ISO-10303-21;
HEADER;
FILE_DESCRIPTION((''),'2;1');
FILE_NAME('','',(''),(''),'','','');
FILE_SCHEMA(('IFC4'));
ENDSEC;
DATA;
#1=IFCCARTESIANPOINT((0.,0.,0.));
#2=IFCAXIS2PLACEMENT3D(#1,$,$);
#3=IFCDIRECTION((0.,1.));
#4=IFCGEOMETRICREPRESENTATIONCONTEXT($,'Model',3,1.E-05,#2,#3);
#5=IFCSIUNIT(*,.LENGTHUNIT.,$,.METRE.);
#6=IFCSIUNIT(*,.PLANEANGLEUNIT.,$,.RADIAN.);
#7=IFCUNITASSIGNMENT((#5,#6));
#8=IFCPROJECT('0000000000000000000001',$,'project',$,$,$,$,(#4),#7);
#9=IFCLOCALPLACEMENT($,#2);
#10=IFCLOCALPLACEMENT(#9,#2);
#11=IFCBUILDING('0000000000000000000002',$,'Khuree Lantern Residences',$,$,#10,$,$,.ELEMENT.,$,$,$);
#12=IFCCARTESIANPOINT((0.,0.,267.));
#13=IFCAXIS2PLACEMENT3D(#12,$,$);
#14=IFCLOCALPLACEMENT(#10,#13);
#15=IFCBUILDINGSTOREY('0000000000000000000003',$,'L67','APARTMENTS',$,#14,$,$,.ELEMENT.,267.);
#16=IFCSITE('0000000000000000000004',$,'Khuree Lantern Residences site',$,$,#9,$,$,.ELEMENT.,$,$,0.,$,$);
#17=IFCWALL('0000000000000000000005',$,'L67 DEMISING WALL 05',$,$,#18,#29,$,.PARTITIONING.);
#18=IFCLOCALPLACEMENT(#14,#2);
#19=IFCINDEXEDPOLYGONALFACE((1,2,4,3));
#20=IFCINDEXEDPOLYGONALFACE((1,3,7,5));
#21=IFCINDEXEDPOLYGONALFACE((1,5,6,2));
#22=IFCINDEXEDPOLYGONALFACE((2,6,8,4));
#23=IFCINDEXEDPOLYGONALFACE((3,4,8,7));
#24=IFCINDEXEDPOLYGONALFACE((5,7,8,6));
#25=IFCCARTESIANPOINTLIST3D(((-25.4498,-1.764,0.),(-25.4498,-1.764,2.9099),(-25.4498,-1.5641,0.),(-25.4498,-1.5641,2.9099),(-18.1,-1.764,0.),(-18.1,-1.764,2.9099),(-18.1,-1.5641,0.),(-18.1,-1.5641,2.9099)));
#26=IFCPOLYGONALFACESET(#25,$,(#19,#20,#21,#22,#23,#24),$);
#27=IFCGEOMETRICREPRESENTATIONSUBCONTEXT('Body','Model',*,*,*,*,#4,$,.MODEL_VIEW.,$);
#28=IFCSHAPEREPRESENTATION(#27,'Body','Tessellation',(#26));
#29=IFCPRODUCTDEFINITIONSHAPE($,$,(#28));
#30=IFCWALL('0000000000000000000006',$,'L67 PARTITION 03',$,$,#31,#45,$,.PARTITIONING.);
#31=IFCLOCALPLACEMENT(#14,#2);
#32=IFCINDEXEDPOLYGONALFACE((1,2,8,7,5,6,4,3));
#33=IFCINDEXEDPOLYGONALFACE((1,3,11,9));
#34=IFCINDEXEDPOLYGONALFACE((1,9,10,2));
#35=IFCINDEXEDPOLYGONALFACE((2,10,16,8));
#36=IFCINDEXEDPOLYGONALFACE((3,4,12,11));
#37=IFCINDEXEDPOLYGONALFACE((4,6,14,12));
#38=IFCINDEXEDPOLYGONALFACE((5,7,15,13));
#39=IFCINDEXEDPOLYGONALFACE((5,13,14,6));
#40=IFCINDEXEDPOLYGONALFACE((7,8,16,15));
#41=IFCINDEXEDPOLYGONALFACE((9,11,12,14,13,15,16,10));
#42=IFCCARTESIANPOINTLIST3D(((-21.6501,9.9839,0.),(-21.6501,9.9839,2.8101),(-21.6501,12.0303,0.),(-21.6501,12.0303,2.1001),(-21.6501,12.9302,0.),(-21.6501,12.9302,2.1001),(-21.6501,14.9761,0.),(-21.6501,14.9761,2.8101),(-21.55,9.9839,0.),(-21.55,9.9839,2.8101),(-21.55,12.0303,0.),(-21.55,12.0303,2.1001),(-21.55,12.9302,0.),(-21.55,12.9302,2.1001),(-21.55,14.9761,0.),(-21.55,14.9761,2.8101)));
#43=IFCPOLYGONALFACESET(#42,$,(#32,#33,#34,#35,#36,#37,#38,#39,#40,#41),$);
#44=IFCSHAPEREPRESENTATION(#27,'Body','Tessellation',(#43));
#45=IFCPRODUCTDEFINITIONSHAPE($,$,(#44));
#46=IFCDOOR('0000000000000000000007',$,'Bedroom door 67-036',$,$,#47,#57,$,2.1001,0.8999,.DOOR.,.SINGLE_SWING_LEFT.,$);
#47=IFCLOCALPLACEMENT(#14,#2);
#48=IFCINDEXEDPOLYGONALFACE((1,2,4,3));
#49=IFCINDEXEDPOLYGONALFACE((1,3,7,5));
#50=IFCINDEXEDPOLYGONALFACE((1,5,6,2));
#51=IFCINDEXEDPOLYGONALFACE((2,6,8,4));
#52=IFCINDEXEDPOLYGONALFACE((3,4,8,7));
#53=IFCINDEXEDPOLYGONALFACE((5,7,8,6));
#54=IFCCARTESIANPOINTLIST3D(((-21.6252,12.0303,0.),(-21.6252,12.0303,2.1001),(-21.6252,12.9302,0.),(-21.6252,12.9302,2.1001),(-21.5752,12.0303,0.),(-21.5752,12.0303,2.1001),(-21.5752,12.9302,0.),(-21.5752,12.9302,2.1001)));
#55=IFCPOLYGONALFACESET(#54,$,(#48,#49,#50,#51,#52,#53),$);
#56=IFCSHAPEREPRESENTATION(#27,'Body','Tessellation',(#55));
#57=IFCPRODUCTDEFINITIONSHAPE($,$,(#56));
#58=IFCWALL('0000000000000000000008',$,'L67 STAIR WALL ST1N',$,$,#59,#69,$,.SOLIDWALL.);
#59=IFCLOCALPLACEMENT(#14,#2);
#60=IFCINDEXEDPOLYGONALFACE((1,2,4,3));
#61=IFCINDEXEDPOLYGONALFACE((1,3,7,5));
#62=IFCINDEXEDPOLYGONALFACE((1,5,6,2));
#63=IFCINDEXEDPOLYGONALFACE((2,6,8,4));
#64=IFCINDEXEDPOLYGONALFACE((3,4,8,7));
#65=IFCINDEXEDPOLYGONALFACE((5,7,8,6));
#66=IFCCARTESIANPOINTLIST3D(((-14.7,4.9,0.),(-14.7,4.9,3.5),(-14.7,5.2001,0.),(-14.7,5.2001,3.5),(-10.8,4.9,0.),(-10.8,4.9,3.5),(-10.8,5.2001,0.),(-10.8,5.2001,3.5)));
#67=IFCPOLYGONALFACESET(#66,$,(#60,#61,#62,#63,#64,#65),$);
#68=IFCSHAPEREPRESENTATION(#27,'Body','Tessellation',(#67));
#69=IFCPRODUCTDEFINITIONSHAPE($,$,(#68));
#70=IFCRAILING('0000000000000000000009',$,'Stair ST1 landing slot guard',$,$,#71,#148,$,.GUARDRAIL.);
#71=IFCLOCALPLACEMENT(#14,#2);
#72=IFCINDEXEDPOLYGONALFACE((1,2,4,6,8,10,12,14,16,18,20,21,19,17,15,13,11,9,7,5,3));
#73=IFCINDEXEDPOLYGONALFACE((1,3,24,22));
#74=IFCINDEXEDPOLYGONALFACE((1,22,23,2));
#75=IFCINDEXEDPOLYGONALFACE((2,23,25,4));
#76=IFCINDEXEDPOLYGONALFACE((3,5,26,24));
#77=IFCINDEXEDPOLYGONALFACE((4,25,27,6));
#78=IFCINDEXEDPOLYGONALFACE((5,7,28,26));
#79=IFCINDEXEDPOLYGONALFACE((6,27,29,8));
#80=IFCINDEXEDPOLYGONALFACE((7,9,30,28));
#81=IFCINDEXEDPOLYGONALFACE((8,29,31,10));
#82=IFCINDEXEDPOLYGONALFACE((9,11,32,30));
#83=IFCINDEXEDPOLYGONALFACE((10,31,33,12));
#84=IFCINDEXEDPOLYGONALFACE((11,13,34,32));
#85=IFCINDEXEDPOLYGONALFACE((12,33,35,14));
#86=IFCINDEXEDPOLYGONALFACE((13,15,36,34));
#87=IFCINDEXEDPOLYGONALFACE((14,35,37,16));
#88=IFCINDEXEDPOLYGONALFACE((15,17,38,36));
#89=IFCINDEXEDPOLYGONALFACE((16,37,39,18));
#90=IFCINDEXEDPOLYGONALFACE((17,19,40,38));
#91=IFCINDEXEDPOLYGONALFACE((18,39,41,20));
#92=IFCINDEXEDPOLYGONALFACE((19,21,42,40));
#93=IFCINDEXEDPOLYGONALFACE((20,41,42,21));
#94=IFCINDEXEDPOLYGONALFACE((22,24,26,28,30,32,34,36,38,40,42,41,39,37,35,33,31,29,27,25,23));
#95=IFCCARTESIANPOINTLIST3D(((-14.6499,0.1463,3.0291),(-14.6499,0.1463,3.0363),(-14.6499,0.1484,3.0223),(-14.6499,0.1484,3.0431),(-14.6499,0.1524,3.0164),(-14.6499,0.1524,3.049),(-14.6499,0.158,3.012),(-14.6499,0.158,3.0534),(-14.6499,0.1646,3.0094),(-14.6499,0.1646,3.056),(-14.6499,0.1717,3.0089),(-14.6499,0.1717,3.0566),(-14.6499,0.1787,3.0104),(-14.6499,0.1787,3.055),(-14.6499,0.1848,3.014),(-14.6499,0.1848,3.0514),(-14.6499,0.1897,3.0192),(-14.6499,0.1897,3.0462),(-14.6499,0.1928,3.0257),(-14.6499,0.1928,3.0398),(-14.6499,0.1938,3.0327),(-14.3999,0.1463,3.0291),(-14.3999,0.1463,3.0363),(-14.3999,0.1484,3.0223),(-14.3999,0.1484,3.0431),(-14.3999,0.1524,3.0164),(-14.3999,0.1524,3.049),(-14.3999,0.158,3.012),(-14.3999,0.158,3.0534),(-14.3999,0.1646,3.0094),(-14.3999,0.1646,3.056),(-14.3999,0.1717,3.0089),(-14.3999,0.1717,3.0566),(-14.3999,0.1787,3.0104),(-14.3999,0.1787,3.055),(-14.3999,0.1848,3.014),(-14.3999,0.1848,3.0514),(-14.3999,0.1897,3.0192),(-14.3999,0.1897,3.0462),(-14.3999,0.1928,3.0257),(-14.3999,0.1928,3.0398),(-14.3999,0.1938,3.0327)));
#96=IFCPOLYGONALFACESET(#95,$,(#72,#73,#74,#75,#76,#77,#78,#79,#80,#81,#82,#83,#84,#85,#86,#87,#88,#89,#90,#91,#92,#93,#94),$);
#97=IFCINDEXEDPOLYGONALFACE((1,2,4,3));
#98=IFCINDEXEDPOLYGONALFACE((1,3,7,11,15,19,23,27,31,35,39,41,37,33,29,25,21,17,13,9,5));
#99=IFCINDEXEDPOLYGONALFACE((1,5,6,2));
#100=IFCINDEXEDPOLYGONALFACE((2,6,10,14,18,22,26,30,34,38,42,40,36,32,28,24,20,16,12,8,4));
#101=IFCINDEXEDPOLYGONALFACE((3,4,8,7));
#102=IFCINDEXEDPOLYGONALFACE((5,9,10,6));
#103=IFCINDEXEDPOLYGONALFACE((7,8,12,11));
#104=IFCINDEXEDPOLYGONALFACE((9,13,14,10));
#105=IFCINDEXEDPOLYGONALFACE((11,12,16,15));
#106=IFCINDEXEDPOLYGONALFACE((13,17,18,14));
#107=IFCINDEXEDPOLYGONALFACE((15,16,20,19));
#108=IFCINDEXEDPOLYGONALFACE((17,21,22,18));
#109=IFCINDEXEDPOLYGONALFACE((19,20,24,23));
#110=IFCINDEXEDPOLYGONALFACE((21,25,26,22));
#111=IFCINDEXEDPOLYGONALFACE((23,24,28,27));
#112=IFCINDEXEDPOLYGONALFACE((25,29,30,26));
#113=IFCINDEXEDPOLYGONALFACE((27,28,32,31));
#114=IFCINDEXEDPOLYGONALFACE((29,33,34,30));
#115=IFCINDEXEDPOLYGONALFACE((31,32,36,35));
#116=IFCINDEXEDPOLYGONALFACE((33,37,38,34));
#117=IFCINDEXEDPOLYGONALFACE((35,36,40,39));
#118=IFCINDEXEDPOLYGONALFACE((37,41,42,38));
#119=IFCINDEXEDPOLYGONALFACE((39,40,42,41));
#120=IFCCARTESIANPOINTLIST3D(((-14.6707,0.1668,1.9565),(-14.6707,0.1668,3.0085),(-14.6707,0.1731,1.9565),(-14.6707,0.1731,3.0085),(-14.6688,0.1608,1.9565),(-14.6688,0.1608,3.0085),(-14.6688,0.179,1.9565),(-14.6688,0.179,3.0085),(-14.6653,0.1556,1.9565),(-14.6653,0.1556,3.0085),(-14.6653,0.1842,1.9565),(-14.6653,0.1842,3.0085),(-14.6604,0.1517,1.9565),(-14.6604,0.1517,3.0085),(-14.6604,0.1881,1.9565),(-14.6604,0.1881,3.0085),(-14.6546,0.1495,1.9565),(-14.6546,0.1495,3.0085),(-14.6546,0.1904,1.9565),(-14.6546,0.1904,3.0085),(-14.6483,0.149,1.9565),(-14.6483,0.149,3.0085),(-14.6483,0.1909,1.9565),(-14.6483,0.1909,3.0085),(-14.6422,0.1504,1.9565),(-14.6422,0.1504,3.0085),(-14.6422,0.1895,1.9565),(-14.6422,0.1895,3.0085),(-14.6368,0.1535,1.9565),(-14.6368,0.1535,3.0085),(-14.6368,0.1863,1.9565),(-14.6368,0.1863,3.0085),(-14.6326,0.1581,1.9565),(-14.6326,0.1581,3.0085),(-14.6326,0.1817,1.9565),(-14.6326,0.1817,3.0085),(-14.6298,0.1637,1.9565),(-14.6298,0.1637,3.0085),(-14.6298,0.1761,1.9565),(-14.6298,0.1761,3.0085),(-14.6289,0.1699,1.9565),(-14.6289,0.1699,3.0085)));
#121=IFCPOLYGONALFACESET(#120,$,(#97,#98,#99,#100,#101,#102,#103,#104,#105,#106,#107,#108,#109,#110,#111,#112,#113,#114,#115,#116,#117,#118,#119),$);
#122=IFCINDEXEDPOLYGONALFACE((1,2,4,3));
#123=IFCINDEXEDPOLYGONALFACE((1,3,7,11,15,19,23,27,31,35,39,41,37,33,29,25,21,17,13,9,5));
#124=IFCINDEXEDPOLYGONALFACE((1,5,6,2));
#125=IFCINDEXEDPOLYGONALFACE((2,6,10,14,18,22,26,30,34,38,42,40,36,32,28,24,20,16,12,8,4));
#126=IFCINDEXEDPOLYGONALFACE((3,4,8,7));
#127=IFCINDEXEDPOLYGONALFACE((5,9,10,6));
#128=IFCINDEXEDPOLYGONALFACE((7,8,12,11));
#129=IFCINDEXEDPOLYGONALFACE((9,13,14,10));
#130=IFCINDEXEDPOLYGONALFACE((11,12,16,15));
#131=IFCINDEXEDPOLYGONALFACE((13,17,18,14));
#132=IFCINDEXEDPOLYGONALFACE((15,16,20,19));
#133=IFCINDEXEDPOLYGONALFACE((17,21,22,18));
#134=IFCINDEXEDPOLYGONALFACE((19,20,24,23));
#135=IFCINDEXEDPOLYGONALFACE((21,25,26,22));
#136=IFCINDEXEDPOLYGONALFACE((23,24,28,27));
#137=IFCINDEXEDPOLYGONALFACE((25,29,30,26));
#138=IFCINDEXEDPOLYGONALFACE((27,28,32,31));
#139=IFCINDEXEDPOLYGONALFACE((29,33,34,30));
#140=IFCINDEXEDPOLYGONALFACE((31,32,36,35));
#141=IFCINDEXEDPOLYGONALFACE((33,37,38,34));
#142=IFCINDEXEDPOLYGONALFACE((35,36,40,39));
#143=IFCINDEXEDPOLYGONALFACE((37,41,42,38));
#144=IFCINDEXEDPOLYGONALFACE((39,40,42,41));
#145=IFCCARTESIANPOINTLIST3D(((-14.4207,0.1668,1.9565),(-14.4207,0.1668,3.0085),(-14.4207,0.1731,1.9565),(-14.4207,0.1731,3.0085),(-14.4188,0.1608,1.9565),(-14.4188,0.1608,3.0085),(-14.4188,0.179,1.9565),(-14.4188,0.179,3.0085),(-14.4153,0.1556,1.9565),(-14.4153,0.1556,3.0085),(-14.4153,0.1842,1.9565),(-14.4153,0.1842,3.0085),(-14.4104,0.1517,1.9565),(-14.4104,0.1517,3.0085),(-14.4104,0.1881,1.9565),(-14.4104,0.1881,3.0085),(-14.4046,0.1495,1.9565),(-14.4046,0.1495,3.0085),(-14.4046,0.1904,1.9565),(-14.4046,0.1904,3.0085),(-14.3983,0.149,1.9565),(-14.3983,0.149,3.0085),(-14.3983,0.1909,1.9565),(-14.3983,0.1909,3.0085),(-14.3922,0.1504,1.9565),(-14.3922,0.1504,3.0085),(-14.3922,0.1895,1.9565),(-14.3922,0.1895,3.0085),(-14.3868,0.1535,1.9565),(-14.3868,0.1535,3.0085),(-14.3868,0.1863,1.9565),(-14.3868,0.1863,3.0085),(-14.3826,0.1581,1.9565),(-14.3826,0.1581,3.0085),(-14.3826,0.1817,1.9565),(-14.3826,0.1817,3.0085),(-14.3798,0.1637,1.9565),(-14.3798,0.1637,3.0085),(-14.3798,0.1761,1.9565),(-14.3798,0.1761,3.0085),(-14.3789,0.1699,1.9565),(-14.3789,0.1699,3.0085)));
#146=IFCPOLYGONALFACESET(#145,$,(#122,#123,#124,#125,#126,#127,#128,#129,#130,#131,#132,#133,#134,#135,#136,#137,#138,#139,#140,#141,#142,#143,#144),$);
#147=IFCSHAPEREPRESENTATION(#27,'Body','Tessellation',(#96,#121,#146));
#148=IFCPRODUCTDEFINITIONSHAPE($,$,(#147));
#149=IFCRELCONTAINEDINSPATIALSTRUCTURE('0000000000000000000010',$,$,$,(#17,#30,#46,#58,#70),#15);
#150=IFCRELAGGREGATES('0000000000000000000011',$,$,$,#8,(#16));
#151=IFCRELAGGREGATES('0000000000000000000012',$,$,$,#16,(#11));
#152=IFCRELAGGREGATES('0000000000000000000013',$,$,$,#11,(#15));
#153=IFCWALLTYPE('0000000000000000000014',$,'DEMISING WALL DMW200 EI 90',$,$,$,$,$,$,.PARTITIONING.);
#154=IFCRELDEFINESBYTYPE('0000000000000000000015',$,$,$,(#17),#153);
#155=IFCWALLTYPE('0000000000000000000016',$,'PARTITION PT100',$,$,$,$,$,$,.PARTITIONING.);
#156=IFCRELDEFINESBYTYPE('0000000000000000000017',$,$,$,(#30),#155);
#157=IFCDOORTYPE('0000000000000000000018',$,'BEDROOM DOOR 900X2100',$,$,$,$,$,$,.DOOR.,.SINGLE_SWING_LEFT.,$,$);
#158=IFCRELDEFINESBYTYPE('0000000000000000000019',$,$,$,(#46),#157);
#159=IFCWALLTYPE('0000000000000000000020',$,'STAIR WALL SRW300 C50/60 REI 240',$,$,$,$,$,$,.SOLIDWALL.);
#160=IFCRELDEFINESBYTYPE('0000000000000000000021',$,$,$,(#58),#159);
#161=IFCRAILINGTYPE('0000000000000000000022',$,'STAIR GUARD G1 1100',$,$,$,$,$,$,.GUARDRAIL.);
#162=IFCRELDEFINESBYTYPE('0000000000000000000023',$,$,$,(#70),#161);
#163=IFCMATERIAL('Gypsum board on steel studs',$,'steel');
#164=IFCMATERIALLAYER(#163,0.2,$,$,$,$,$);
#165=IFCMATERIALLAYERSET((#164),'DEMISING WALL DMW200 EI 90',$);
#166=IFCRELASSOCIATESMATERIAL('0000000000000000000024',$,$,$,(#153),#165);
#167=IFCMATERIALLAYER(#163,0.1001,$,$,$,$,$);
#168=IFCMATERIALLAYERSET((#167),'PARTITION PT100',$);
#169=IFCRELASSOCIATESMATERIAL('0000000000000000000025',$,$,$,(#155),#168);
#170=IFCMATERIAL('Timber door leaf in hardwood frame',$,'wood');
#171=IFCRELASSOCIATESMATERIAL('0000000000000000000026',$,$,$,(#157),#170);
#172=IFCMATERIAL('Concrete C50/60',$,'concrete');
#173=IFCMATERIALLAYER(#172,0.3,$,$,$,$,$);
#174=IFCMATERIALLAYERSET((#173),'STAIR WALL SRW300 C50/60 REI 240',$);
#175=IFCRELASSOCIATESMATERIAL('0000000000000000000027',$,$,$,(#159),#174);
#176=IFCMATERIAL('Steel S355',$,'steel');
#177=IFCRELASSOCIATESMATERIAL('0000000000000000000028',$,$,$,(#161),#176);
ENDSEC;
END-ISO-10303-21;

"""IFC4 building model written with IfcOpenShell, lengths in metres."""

from ifc_helpers import new_model, si_unit, direction, frame, frame_2d, origin, origin_2d, place, context, subcontext, project, spatial, rectangle, circle, extrude, material, layer, layer_set, type_object, element, fill, save


model = new_model("IFC4")

# Units and contexts
model_context = context("Model", 3, precision=1e-05, world=origin(), true_north=direction((0.0, 1.0)))
body_context = subcontext(model_context, "Body", "Model", "MODEL_VIEW")
ifc_project = project(units=[si_unit("LENGTHUNIT", "METRE"), si_unit("PLANEANGLEUNIT", "RADIAN")], contexts=[model_context])

# Site, building, storey
site_placement = place(None, origin())
site = spatial("IfcSite", under=ifc_project, at=site_placement, Name="Khuree Lantern Residences site", CompositionType="ELEMENT", RefElevation=0.0)
building_placement = place(site_placement, origin())
building = spatial("IfcBuilding", under=site, at=building_placement, Name="Khuree Lantern Residences", CompositionType="ELEMENT")
storey_placement = place(building_placement, frame((0.0, 0.0, 267.0)))
storey = spatial("IfcBuildingStorey", under=building, at=storey_placement, Name="L67", Description="APARTMENTS", CompositionType="ELEMENT", Elevation=267.0)

# Shared definitions
ifc_material_1 = material(Name="Concrete C50/60", Category="concrete")

# Shared definitions
ifc_material_2 = material(Name="Timber door leaf in hardwood frame", Category="wood")

# Shared definitions
ifc_material_3 = material(Name="Gypsum board on steel studs", Category="steel")

# Wall
ifc_layer_1 = layer(ifc_material_3, 0.2)
ifc_layer_set_1 = layer_set([ifc_layer_1], Name="DEMISING WALL DMW200 EI 90")
wall_type_1 = type_object("IfcWallType", Name="DEMISING WALL DMW200 EI 90", PredefinedType="PARTITIONING", material=ifc_layer_set_1)
for number, where, z_axis, x_axis, name in (
    (1, (-18.1001, -1.6641, 0.0), (0.0, 0.0, 1.0), (-1.0, 0.0, 0.0), "L67 DEMISING WALL 05"),
):
    element("IfcWall", number, at=place(storey_placement, frame(where, z_axis=z_axis, x_axis=x_axis)), inside=storey, type_object=wall_type_1, Name=name, PredefinedType="PARTITIONING", context=body_context, shape_type="SweptSolid", body=[
        extrude(rectangle(XDim=7.3499, YDim=0.2, at=frame_2d((3.6748, 0.0))), origin(), (0.0, 0.0, 1.0), 2.9099),
    ])

# Wall, opening, door
ifc_layer_2 = layer(ifc_material_3, 0.1001)
ifc_layer_set_2 = layer_set([ifc_layer_2], Name="PARTITION PT100")
wall_type_2 = type_object("IfcWallType", Name="PARTITION PT100", PredefinedType="PARTITIONING", material=ifc_layer_set_2)
wall_1_placement = place(storey_placement, frame((-21.6001, 14.9761, 0.0), z_axis=(0.0, 0.0, 1.0), x_axis=(0.0, -1.0, 0.0)))
wall_1 = element("IfcWall", 2, at=wall_1_placement, inside=storey, type_object=wall_type_2, Name="L67 PARTITION 03", PredefinedType="PARTITIONING", context=body_context, shape_type="SweptSolid", body=[
    extrude(rectangle(XDim=4.9922, YDim=0.1001, at=frame_2d((2.4961, 0.0))), origin(), (0.0, 0.0, 1.0), 2.8101),
])
opening_1_placement = place(wall_1_placement, frame((2.0459, 0.0, 0.0)))
opening_1 = element("IfcOpeningElement", 3, at=opening_1_placement, cuts=wall_1, PredefinedType="OPENING", context=body_context, shape_type="SweptSolid", body=[
    extrude(rectangle(XDim=0.8999, YDim=2.1001, at=frame_2d((0.45, 1.05))), frame((0.0, 0.0601, 0.0), z_axis=(0.0, -1.0, 0.0), x_axis=(1.0, 0.0, 0.0)), (0.0, 0.0, 1.0), 0.1201),
])
door_type_1 = type_object("IfcDoorType", Name="BEDROOM DOOR 900X2100", OperationType="SINGLE_SWING_LEFT", PredefinedType="DOOR", material=ifc_material_2)
door_1_placement = place(opening_1_placement, origin())
door_1 = element("IfcDoor", 4, at=door_1_placement, inside=storey, type_object=door_type_1, Name="Bedroom door 67-036", OperationType="SINGLE_SWING_LEFT", OverallHeight=2.1001, OverallWidth=0.8999, PredefinedType="DOOR", context=body_context, shape_type="SweptSolid", body=[
    extrude(rectangle(XDim=0.8999, YDim=2.1001, at=frame_2d((0.45, 1.05))), frame((0.0, 0.0249, 0.0), z_axis=(0.0, -1.0, 0.0), x_axis=(1.0, 0.0, 0.0)), (0.0, 0.0, 1.0), 0.05),
])
fill(opening_1, door_1)

# Wall
ifc_layer_3 = layer(ifc_material_1, 0.3)
ifc_layer_set_3 = layer_set([ifc_layer_3], Name="STAIR WALL SRW300 C50/60 REI 240")
wall_type_3 = type_object("IfcWallType", Name="STAIR WALL SRW300 C50/60 REI 240", PredefinedType="SOLIDWALL", material=ifc_layer_set_3)
wall_2_placement = place(storey_placement, frame((-14.7, 5.05, 0.0), z_axis=(0.0, 0.0, 1.0), x_axis=(1.0, 0.0, 0.0)))
element("IfcWall", 5, at=wall_2_placement, inside=storey, type_object=wall_type_3, Name="L67 STAIR WALL ST1N", PredefinedType="SOLIDWALL", context=body_context, shape_type="SweptSolid", body=[
    extrude(rectangle(XDim=3.8999, YDim=0.3, at=frame_2d((1.95, 0.0))), origin(), (0.0, 0.0, 1.0), 3.5),
])

# Railing
ifc_material_4 = material(Name="Steel S355", Category="steel")
railing_type = type_object("IfcRailingType", Name="STAIR GUARD G1 1100", PredefinedType="GUARDRAIL", material=ifc_material_4)
railing_placement = place(storey_placement, frame((-14.6499, 0.1699, 1.9565)))
element("IfcRailing", 6, at=railing_placement, inside=storey, type_object=railing_type, Name="Stair ST1 landing slot guard", PredefinedType="GUARDRAIL", context=body_context, shape_type="SweptSolid", body=[
    extrude(circle(Radius=0.0239, at=origin_2d()), frame((0.0, 0.0, 1.0762), z_axis=(1.0, 0.0, 0.0), x_axis=(0.0, 1.0, 0.0)), (0.0, 0.0, 1.0), 0.25),
    extrude(circle(Radius=0.021, at=origin_2d()), origin(), (0.0, 0.0, 1.0), 1.052),
    extrude(circle(Radius=0.021, at=origin_2d()), frame((0.25, 0.0, 0.0)), (0.0, 0.0, 1.0), 1.052),
])

save(model, "model.ifc")
